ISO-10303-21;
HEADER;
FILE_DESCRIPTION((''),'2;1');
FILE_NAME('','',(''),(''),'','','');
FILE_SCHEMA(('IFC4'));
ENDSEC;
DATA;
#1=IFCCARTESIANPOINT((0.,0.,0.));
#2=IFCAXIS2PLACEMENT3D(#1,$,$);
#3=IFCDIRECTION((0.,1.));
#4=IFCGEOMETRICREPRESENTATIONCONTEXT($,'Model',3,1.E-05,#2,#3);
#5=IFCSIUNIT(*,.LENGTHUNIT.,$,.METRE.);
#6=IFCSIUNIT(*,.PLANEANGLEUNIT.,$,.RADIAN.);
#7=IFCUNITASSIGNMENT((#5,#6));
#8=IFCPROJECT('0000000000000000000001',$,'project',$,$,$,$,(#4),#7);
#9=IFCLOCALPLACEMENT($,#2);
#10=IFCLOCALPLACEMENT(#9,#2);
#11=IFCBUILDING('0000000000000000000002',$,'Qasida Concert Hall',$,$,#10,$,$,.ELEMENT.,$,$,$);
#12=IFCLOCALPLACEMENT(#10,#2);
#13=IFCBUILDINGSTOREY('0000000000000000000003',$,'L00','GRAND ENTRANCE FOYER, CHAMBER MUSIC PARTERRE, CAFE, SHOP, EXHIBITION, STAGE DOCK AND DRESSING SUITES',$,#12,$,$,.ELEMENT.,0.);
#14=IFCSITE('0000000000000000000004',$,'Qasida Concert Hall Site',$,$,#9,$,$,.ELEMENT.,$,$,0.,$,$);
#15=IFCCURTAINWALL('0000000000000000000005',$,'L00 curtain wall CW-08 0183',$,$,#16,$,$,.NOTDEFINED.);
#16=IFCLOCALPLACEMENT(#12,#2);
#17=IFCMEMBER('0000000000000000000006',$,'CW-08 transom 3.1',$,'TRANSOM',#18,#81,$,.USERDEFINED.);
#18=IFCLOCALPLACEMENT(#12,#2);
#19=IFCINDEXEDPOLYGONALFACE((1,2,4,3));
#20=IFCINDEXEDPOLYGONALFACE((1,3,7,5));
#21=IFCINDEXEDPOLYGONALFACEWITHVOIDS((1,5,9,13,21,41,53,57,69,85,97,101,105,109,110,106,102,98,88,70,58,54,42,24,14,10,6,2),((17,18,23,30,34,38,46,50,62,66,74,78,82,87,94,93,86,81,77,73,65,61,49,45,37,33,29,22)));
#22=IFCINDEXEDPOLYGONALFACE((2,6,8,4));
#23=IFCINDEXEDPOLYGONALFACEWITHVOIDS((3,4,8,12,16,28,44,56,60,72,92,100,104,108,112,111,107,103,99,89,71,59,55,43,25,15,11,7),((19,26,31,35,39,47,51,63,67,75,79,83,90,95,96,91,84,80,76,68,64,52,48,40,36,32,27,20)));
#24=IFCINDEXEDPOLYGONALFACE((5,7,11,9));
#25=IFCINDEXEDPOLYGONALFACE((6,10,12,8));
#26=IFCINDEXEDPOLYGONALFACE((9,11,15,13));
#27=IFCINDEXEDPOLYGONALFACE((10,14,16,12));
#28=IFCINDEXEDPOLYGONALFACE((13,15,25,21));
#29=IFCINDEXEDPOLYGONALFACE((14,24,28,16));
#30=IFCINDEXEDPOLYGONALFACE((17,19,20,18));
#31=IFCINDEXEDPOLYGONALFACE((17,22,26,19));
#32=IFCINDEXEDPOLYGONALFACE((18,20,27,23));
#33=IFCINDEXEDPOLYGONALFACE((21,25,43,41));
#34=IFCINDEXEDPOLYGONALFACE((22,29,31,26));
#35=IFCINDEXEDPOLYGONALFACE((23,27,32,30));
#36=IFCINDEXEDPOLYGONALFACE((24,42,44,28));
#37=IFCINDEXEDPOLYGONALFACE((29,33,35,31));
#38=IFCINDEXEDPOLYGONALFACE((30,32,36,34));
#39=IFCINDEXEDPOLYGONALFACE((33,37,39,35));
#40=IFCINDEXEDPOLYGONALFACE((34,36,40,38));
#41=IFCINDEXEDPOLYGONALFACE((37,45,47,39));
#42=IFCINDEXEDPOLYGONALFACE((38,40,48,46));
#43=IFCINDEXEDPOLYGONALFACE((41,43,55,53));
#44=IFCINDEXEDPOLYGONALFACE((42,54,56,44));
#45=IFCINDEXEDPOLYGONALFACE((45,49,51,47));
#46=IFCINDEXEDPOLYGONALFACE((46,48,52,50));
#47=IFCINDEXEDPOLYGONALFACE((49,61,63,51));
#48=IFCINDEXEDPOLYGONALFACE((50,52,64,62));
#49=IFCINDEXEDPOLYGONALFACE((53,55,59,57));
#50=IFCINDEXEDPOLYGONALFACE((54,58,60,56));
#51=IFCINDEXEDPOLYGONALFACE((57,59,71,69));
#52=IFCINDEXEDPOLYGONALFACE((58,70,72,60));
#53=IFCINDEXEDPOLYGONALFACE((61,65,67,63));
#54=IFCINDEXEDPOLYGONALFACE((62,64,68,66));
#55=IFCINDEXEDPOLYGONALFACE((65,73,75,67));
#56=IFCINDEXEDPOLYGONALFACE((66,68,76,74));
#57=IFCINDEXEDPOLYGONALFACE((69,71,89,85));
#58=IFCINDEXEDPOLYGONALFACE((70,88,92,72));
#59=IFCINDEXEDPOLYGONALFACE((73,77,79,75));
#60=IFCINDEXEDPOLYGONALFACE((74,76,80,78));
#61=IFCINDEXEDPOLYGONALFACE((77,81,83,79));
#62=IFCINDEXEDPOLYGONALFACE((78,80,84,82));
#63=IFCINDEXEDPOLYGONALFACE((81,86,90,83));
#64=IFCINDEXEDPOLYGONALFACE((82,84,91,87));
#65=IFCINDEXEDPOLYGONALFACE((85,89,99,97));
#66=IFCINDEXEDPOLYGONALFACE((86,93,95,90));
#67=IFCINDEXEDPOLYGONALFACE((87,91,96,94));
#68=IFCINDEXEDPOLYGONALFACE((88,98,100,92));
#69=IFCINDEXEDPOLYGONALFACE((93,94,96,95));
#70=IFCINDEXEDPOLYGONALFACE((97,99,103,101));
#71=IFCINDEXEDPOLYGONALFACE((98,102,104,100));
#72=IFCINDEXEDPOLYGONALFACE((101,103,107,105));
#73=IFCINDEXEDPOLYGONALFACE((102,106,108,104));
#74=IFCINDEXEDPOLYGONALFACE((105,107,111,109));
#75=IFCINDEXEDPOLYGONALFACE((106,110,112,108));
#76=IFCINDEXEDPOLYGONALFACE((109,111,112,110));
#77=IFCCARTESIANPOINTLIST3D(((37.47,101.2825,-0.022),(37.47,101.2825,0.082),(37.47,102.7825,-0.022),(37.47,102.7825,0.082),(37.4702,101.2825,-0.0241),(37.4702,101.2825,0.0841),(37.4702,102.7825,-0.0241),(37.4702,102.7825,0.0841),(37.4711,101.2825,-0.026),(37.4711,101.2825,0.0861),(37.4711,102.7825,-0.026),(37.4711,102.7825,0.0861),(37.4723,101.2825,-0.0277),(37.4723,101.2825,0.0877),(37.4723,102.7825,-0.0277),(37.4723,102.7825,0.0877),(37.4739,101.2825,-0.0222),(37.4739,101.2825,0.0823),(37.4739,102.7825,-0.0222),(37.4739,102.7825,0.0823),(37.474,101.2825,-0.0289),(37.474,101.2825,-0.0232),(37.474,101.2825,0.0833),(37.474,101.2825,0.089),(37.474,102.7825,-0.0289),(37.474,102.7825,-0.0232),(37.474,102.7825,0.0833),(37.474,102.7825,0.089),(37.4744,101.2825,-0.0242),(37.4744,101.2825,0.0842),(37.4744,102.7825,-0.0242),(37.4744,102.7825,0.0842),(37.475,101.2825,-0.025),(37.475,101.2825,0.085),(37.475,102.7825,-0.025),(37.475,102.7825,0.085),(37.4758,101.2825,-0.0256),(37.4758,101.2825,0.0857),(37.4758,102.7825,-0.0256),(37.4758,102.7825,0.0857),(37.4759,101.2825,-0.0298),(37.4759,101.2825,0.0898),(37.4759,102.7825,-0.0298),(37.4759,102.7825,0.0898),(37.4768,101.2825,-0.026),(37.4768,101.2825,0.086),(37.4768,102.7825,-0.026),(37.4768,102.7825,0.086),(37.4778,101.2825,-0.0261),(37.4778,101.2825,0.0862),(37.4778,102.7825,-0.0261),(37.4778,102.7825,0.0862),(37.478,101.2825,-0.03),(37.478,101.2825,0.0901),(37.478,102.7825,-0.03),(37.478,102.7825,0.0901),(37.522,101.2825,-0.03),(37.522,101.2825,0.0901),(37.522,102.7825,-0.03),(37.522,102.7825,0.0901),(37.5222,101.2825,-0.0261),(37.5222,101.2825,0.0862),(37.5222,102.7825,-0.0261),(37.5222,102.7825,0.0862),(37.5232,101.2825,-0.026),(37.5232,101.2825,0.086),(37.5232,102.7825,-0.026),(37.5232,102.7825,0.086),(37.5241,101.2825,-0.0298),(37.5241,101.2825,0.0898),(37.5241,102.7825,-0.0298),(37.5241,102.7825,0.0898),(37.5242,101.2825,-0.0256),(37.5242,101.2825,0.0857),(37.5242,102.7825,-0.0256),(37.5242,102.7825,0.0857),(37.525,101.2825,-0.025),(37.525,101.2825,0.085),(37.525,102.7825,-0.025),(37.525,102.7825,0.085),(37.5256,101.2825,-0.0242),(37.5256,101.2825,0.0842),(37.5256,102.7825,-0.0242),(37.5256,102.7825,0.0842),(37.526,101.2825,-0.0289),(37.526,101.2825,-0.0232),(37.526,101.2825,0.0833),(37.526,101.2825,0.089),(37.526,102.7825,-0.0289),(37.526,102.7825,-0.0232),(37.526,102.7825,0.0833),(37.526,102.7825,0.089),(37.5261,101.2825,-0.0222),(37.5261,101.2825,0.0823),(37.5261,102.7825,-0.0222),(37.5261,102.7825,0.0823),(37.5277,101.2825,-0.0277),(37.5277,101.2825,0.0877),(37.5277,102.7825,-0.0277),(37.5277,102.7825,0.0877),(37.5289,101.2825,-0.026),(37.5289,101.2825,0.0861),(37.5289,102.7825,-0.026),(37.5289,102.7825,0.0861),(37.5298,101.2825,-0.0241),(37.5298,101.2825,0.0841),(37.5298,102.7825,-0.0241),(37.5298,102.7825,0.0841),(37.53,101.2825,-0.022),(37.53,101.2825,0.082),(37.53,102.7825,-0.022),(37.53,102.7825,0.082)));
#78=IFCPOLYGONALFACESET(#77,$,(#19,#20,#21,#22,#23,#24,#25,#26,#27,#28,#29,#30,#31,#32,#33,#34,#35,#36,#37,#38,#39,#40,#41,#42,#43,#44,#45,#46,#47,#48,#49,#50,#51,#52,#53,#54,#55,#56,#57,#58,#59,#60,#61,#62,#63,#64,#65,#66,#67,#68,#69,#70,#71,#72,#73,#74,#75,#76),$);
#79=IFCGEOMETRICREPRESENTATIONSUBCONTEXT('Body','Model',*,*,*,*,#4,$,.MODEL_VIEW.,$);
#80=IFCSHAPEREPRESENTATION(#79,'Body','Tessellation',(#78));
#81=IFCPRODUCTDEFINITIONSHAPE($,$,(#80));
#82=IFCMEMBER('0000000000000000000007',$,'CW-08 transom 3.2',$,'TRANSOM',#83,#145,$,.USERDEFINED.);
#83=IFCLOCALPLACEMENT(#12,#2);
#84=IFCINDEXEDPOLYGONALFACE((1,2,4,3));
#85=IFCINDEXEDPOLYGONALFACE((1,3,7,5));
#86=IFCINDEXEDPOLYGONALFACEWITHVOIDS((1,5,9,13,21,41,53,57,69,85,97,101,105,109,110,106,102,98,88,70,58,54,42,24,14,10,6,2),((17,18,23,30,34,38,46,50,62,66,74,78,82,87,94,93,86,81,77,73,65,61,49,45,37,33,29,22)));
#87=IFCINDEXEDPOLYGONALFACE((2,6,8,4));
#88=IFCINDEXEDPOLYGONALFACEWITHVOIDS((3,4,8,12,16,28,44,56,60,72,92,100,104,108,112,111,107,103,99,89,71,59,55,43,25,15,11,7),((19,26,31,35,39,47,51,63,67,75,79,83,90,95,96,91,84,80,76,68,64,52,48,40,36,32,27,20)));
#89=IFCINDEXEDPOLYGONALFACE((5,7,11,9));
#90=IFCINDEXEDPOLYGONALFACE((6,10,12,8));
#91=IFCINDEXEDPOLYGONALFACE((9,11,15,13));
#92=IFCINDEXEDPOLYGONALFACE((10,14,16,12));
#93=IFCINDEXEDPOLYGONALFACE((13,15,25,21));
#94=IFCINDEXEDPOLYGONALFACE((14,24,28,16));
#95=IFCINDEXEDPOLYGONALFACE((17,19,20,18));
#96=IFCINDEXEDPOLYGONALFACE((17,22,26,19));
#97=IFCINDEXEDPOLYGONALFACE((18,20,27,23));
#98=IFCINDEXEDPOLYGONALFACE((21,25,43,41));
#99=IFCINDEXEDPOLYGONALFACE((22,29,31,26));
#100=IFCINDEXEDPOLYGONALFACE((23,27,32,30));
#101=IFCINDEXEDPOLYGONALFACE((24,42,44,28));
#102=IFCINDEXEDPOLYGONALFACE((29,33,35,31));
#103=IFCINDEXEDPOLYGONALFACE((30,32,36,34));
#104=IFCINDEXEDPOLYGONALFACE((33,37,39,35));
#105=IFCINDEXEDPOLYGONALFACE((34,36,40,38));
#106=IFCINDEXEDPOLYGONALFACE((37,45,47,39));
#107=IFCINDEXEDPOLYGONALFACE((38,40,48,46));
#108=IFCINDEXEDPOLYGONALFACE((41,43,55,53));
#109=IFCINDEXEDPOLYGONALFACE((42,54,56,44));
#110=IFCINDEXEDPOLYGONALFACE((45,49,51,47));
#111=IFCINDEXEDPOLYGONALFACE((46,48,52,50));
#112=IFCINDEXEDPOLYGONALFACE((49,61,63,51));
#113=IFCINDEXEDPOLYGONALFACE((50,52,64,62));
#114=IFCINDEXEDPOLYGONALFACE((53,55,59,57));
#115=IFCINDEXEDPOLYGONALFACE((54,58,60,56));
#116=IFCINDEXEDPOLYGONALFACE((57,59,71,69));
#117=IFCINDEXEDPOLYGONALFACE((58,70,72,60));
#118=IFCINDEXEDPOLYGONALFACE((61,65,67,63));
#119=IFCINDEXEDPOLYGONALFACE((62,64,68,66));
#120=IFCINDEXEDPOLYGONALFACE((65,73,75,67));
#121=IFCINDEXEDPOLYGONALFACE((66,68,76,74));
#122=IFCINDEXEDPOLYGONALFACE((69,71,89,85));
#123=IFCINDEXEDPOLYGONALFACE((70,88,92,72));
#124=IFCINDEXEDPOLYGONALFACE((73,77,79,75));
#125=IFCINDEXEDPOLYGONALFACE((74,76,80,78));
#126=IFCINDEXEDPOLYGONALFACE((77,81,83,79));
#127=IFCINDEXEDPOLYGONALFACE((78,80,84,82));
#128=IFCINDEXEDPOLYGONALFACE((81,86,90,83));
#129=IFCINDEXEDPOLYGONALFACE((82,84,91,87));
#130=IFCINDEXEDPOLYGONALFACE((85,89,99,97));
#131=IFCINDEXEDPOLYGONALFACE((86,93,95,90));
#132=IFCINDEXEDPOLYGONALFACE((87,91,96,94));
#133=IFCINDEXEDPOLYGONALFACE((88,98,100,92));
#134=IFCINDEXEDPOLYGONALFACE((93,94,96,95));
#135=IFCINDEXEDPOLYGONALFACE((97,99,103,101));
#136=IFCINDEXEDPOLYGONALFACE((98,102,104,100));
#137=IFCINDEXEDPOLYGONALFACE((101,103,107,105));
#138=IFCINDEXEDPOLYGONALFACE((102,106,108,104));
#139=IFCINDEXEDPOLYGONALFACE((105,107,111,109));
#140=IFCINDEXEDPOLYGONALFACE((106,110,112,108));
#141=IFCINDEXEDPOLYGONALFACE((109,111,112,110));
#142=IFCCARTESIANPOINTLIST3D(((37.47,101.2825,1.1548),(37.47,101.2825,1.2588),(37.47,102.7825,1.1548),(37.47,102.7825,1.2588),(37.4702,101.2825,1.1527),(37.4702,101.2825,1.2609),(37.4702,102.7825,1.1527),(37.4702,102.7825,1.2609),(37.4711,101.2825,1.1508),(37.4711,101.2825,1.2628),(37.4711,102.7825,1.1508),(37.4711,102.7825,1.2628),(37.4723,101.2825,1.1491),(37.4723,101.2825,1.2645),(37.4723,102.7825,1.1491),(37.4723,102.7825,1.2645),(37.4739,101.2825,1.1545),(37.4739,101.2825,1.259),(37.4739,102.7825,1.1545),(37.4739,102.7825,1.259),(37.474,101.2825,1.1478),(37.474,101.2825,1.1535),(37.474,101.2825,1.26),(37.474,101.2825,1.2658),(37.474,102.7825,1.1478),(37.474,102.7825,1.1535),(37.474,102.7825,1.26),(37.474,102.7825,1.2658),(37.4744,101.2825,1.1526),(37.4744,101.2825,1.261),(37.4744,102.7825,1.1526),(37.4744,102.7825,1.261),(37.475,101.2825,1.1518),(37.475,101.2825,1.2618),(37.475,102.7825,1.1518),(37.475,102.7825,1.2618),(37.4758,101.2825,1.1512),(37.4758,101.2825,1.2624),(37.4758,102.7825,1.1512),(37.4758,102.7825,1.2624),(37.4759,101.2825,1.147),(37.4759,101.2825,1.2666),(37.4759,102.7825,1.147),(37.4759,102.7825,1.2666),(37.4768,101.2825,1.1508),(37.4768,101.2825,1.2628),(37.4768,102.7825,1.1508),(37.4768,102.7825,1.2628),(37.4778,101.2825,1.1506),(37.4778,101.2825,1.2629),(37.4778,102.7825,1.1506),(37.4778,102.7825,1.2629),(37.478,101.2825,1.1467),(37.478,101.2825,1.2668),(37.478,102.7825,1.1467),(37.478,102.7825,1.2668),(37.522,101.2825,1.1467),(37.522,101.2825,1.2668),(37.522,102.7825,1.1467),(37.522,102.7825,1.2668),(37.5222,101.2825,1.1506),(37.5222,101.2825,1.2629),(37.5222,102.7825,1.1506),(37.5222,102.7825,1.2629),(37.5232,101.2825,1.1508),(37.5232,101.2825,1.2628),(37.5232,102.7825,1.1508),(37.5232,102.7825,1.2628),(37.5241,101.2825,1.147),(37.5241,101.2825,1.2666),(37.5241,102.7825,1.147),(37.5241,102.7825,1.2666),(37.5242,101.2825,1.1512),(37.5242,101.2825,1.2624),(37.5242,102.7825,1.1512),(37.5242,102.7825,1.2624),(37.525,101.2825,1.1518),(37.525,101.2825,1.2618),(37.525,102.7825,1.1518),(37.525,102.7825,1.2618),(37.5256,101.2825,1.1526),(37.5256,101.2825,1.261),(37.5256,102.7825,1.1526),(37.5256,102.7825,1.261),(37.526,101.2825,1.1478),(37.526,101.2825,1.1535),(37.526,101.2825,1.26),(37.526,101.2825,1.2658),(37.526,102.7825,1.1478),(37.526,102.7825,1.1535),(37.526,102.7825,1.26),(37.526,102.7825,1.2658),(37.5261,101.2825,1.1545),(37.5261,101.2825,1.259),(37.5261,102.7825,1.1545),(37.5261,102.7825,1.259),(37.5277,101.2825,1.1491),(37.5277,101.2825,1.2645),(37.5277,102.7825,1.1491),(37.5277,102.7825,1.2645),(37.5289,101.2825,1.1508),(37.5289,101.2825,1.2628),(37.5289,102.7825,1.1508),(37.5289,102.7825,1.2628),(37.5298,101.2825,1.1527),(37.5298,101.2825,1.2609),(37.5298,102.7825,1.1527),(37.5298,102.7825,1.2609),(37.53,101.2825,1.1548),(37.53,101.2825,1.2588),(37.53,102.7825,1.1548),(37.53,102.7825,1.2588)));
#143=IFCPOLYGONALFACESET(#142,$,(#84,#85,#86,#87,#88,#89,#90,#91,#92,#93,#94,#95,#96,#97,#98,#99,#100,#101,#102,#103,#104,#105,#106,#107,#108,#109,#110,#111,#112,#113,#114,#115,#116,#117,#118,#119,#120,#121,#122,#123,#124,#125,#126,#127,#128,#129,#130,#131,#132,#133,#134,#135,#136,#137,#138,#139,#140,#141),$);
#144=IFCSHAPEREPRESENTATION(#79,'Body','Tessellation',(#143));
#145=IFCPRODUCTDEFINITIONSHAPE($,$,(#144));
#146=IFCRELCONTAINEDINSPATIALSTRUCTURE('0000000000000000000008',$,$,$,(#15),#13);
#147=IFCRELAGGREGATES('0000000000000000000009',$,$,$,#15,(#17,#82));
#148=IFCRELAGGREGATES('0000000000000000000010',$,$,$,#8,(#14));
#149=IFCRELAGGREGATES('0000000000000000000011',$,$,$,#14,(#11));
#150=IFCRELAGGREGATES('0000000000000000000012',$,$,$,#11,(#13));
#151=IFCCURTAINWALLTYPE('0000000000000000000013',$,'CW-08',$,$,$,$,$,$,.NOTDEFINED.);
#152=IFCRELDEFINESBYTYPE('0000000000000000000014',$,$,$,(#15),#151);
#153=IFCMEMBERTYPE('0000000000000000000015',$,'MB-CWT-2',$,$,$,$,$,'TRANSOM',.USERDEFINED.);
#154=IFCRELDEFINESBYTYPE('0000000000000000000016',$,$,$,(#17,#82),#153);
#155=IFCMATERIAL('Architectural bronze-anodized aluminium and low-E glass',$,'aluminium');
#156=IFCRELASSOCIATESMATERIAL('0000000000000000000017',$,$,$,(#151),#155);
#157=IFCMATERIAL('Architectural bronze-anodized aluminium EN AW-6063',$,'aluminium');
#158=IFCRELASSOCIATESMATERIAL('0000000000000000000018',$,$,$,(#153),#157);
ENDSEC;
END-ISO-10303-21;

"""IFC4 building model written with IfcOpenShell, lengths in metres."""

from ifc_helpers import new_model, si_unit, direction, frame, origin, origin_2d, place, context, subcontext, project, spatial, hollow_rectangle, extrude, material, material_profile, profile_set, type_object, element, aggregate, save


model = new_model("IFC4")

# Units and contexts
model_context = context("Model", 3, precision=1e-05, world=origin(), true_north=direction((0.0, 1.0)))
body_context = subcontext(model_context, "Body", "Model", "MODEL_VIEW")
ifc_project = project(units=[si_unit("LENGTHUNIT", "METRE"), si_unit("PLANEANGLEUNIT", "RADIAN")], contexts=[model_context])

# Site, building, storey
site_placement = place(None, origin())
site = spatial("IfcSite", under=ifc_project, at=site_placement, Name="Qasida Concert Hall Site", CompositionType="ELEMENT", RefElevation=0.0)
building_placement = place(site_placement, origin())
building = spatial("IfcBuilding", under=site, at=building_placement, Name="Qasida Concert Hall", CompositionType="ELEMENT")
storey_placement = place(building_placement, origin())
storey = spatial("IfcBuildingStorey", under=building, at=storey_placement, Name="L00", Description="GRAND ENTRANCE FOYER, CHAMBER MUSIC PARTERRE, CAFE, SHOP, EXHIBITION, STAGE DOCK AND DRESSING SUITES", CompositionType="ELEMENT", Elevation=0.0)

# Curtain wall, members
ifc_material_1 = material(Name="Architectural bronze-anodized aluminium and low-E glass", Category="aluminium")
curtain_wall_type = type_object("IfcCurtainWallType", Name="CW-08", PredefinedType="NOTDEFINED", material=ifc_material_1)
curtain_wall_placement = place(storey_placement, origin())
curtain_wall = element("IfcCurtainWall", 1, at=curtain_wall_placement, inside=storey, type_object=curtain_wall_type, Name="L00 curtain wall CW-08 0183", PredefinedType="NOTDEFINED")
ifc_material_2 = material(Name="Architectural bronze-anodized aluminium EN AW-6063", Category="aluminium")
ifc_material_profile_1 = material_profile(ifc_material_2, hollow_rectangle(XDim=0.0601, YDim=0.1201, WallThickness=0.0039, InnerFilletRadius=0.0039, OuterFilletRadius=0.0081, at=origin_2d()), Name="CWT 120x60x4")
ifc_profile_set_1 = profile_set([ifc_material_profile_1], Name="Architectural bronze-anodized aluminium EN AW-6063")
member_type_1 = type_object("IfcMemberType", Name="MB-CWT-2", ElementType="TRANSOM", PredefinedType="USERDEFINED", material=ifc_profile_set_1)
member_1_placement = place(storey_placement, frame((37.5, 101.2825, 0.03), z_axis=(0.0, 1.0, 0.0), x_axis=(-1.0, 0.0, 0.0)))
member_1 = element("IfcMember", 2, at=member_1_placement, type_object=member_type_1, Name="CW-08 transom 3.1", ObjectType="TRANSOM", PredefinedType="USERDEFINED", context=body_context, shape_type="SweptSolid", body=[
    extrude(hollow_rectangle(XDim=0.0601, YDim=0.1201, WallThickness=0.0039, InnerFilletRadius=0.0039, OuterFilletRadius=0.0081, at=origin_2d()), origin(), (0.0, 0.0, 1.0), 1.5),
])
member_2_placement = place(storey_placement, frame((37.5, 101.2825, 1.2068), z_axis=(0.0, 1.0, 0.0), x_axis=(-1.0, 0.0, 0.0)))
member_2 = element("IfcMember", 3, at=member_2_placement, type_object=member_type_1, Name="CW-08 transom 3.2", ObjectType="TRANSOM", PredefinedType="USERDEFINED", context=body_context, shape_type="SweptSolid", body=[
    extrude(hollow_rectangle(XDim=0.0601, YDim=0.1201, WallThickness=0.0039, InnerFilletRadius=0.0039, OuterFilletRadius=0.0081, at=origin_2d()), origin(), (0.0, 0.0, 1.0), 1.5),
])
aggregate(curtain_wall, [member_1, member_2])

save(model, "model.ifc")
